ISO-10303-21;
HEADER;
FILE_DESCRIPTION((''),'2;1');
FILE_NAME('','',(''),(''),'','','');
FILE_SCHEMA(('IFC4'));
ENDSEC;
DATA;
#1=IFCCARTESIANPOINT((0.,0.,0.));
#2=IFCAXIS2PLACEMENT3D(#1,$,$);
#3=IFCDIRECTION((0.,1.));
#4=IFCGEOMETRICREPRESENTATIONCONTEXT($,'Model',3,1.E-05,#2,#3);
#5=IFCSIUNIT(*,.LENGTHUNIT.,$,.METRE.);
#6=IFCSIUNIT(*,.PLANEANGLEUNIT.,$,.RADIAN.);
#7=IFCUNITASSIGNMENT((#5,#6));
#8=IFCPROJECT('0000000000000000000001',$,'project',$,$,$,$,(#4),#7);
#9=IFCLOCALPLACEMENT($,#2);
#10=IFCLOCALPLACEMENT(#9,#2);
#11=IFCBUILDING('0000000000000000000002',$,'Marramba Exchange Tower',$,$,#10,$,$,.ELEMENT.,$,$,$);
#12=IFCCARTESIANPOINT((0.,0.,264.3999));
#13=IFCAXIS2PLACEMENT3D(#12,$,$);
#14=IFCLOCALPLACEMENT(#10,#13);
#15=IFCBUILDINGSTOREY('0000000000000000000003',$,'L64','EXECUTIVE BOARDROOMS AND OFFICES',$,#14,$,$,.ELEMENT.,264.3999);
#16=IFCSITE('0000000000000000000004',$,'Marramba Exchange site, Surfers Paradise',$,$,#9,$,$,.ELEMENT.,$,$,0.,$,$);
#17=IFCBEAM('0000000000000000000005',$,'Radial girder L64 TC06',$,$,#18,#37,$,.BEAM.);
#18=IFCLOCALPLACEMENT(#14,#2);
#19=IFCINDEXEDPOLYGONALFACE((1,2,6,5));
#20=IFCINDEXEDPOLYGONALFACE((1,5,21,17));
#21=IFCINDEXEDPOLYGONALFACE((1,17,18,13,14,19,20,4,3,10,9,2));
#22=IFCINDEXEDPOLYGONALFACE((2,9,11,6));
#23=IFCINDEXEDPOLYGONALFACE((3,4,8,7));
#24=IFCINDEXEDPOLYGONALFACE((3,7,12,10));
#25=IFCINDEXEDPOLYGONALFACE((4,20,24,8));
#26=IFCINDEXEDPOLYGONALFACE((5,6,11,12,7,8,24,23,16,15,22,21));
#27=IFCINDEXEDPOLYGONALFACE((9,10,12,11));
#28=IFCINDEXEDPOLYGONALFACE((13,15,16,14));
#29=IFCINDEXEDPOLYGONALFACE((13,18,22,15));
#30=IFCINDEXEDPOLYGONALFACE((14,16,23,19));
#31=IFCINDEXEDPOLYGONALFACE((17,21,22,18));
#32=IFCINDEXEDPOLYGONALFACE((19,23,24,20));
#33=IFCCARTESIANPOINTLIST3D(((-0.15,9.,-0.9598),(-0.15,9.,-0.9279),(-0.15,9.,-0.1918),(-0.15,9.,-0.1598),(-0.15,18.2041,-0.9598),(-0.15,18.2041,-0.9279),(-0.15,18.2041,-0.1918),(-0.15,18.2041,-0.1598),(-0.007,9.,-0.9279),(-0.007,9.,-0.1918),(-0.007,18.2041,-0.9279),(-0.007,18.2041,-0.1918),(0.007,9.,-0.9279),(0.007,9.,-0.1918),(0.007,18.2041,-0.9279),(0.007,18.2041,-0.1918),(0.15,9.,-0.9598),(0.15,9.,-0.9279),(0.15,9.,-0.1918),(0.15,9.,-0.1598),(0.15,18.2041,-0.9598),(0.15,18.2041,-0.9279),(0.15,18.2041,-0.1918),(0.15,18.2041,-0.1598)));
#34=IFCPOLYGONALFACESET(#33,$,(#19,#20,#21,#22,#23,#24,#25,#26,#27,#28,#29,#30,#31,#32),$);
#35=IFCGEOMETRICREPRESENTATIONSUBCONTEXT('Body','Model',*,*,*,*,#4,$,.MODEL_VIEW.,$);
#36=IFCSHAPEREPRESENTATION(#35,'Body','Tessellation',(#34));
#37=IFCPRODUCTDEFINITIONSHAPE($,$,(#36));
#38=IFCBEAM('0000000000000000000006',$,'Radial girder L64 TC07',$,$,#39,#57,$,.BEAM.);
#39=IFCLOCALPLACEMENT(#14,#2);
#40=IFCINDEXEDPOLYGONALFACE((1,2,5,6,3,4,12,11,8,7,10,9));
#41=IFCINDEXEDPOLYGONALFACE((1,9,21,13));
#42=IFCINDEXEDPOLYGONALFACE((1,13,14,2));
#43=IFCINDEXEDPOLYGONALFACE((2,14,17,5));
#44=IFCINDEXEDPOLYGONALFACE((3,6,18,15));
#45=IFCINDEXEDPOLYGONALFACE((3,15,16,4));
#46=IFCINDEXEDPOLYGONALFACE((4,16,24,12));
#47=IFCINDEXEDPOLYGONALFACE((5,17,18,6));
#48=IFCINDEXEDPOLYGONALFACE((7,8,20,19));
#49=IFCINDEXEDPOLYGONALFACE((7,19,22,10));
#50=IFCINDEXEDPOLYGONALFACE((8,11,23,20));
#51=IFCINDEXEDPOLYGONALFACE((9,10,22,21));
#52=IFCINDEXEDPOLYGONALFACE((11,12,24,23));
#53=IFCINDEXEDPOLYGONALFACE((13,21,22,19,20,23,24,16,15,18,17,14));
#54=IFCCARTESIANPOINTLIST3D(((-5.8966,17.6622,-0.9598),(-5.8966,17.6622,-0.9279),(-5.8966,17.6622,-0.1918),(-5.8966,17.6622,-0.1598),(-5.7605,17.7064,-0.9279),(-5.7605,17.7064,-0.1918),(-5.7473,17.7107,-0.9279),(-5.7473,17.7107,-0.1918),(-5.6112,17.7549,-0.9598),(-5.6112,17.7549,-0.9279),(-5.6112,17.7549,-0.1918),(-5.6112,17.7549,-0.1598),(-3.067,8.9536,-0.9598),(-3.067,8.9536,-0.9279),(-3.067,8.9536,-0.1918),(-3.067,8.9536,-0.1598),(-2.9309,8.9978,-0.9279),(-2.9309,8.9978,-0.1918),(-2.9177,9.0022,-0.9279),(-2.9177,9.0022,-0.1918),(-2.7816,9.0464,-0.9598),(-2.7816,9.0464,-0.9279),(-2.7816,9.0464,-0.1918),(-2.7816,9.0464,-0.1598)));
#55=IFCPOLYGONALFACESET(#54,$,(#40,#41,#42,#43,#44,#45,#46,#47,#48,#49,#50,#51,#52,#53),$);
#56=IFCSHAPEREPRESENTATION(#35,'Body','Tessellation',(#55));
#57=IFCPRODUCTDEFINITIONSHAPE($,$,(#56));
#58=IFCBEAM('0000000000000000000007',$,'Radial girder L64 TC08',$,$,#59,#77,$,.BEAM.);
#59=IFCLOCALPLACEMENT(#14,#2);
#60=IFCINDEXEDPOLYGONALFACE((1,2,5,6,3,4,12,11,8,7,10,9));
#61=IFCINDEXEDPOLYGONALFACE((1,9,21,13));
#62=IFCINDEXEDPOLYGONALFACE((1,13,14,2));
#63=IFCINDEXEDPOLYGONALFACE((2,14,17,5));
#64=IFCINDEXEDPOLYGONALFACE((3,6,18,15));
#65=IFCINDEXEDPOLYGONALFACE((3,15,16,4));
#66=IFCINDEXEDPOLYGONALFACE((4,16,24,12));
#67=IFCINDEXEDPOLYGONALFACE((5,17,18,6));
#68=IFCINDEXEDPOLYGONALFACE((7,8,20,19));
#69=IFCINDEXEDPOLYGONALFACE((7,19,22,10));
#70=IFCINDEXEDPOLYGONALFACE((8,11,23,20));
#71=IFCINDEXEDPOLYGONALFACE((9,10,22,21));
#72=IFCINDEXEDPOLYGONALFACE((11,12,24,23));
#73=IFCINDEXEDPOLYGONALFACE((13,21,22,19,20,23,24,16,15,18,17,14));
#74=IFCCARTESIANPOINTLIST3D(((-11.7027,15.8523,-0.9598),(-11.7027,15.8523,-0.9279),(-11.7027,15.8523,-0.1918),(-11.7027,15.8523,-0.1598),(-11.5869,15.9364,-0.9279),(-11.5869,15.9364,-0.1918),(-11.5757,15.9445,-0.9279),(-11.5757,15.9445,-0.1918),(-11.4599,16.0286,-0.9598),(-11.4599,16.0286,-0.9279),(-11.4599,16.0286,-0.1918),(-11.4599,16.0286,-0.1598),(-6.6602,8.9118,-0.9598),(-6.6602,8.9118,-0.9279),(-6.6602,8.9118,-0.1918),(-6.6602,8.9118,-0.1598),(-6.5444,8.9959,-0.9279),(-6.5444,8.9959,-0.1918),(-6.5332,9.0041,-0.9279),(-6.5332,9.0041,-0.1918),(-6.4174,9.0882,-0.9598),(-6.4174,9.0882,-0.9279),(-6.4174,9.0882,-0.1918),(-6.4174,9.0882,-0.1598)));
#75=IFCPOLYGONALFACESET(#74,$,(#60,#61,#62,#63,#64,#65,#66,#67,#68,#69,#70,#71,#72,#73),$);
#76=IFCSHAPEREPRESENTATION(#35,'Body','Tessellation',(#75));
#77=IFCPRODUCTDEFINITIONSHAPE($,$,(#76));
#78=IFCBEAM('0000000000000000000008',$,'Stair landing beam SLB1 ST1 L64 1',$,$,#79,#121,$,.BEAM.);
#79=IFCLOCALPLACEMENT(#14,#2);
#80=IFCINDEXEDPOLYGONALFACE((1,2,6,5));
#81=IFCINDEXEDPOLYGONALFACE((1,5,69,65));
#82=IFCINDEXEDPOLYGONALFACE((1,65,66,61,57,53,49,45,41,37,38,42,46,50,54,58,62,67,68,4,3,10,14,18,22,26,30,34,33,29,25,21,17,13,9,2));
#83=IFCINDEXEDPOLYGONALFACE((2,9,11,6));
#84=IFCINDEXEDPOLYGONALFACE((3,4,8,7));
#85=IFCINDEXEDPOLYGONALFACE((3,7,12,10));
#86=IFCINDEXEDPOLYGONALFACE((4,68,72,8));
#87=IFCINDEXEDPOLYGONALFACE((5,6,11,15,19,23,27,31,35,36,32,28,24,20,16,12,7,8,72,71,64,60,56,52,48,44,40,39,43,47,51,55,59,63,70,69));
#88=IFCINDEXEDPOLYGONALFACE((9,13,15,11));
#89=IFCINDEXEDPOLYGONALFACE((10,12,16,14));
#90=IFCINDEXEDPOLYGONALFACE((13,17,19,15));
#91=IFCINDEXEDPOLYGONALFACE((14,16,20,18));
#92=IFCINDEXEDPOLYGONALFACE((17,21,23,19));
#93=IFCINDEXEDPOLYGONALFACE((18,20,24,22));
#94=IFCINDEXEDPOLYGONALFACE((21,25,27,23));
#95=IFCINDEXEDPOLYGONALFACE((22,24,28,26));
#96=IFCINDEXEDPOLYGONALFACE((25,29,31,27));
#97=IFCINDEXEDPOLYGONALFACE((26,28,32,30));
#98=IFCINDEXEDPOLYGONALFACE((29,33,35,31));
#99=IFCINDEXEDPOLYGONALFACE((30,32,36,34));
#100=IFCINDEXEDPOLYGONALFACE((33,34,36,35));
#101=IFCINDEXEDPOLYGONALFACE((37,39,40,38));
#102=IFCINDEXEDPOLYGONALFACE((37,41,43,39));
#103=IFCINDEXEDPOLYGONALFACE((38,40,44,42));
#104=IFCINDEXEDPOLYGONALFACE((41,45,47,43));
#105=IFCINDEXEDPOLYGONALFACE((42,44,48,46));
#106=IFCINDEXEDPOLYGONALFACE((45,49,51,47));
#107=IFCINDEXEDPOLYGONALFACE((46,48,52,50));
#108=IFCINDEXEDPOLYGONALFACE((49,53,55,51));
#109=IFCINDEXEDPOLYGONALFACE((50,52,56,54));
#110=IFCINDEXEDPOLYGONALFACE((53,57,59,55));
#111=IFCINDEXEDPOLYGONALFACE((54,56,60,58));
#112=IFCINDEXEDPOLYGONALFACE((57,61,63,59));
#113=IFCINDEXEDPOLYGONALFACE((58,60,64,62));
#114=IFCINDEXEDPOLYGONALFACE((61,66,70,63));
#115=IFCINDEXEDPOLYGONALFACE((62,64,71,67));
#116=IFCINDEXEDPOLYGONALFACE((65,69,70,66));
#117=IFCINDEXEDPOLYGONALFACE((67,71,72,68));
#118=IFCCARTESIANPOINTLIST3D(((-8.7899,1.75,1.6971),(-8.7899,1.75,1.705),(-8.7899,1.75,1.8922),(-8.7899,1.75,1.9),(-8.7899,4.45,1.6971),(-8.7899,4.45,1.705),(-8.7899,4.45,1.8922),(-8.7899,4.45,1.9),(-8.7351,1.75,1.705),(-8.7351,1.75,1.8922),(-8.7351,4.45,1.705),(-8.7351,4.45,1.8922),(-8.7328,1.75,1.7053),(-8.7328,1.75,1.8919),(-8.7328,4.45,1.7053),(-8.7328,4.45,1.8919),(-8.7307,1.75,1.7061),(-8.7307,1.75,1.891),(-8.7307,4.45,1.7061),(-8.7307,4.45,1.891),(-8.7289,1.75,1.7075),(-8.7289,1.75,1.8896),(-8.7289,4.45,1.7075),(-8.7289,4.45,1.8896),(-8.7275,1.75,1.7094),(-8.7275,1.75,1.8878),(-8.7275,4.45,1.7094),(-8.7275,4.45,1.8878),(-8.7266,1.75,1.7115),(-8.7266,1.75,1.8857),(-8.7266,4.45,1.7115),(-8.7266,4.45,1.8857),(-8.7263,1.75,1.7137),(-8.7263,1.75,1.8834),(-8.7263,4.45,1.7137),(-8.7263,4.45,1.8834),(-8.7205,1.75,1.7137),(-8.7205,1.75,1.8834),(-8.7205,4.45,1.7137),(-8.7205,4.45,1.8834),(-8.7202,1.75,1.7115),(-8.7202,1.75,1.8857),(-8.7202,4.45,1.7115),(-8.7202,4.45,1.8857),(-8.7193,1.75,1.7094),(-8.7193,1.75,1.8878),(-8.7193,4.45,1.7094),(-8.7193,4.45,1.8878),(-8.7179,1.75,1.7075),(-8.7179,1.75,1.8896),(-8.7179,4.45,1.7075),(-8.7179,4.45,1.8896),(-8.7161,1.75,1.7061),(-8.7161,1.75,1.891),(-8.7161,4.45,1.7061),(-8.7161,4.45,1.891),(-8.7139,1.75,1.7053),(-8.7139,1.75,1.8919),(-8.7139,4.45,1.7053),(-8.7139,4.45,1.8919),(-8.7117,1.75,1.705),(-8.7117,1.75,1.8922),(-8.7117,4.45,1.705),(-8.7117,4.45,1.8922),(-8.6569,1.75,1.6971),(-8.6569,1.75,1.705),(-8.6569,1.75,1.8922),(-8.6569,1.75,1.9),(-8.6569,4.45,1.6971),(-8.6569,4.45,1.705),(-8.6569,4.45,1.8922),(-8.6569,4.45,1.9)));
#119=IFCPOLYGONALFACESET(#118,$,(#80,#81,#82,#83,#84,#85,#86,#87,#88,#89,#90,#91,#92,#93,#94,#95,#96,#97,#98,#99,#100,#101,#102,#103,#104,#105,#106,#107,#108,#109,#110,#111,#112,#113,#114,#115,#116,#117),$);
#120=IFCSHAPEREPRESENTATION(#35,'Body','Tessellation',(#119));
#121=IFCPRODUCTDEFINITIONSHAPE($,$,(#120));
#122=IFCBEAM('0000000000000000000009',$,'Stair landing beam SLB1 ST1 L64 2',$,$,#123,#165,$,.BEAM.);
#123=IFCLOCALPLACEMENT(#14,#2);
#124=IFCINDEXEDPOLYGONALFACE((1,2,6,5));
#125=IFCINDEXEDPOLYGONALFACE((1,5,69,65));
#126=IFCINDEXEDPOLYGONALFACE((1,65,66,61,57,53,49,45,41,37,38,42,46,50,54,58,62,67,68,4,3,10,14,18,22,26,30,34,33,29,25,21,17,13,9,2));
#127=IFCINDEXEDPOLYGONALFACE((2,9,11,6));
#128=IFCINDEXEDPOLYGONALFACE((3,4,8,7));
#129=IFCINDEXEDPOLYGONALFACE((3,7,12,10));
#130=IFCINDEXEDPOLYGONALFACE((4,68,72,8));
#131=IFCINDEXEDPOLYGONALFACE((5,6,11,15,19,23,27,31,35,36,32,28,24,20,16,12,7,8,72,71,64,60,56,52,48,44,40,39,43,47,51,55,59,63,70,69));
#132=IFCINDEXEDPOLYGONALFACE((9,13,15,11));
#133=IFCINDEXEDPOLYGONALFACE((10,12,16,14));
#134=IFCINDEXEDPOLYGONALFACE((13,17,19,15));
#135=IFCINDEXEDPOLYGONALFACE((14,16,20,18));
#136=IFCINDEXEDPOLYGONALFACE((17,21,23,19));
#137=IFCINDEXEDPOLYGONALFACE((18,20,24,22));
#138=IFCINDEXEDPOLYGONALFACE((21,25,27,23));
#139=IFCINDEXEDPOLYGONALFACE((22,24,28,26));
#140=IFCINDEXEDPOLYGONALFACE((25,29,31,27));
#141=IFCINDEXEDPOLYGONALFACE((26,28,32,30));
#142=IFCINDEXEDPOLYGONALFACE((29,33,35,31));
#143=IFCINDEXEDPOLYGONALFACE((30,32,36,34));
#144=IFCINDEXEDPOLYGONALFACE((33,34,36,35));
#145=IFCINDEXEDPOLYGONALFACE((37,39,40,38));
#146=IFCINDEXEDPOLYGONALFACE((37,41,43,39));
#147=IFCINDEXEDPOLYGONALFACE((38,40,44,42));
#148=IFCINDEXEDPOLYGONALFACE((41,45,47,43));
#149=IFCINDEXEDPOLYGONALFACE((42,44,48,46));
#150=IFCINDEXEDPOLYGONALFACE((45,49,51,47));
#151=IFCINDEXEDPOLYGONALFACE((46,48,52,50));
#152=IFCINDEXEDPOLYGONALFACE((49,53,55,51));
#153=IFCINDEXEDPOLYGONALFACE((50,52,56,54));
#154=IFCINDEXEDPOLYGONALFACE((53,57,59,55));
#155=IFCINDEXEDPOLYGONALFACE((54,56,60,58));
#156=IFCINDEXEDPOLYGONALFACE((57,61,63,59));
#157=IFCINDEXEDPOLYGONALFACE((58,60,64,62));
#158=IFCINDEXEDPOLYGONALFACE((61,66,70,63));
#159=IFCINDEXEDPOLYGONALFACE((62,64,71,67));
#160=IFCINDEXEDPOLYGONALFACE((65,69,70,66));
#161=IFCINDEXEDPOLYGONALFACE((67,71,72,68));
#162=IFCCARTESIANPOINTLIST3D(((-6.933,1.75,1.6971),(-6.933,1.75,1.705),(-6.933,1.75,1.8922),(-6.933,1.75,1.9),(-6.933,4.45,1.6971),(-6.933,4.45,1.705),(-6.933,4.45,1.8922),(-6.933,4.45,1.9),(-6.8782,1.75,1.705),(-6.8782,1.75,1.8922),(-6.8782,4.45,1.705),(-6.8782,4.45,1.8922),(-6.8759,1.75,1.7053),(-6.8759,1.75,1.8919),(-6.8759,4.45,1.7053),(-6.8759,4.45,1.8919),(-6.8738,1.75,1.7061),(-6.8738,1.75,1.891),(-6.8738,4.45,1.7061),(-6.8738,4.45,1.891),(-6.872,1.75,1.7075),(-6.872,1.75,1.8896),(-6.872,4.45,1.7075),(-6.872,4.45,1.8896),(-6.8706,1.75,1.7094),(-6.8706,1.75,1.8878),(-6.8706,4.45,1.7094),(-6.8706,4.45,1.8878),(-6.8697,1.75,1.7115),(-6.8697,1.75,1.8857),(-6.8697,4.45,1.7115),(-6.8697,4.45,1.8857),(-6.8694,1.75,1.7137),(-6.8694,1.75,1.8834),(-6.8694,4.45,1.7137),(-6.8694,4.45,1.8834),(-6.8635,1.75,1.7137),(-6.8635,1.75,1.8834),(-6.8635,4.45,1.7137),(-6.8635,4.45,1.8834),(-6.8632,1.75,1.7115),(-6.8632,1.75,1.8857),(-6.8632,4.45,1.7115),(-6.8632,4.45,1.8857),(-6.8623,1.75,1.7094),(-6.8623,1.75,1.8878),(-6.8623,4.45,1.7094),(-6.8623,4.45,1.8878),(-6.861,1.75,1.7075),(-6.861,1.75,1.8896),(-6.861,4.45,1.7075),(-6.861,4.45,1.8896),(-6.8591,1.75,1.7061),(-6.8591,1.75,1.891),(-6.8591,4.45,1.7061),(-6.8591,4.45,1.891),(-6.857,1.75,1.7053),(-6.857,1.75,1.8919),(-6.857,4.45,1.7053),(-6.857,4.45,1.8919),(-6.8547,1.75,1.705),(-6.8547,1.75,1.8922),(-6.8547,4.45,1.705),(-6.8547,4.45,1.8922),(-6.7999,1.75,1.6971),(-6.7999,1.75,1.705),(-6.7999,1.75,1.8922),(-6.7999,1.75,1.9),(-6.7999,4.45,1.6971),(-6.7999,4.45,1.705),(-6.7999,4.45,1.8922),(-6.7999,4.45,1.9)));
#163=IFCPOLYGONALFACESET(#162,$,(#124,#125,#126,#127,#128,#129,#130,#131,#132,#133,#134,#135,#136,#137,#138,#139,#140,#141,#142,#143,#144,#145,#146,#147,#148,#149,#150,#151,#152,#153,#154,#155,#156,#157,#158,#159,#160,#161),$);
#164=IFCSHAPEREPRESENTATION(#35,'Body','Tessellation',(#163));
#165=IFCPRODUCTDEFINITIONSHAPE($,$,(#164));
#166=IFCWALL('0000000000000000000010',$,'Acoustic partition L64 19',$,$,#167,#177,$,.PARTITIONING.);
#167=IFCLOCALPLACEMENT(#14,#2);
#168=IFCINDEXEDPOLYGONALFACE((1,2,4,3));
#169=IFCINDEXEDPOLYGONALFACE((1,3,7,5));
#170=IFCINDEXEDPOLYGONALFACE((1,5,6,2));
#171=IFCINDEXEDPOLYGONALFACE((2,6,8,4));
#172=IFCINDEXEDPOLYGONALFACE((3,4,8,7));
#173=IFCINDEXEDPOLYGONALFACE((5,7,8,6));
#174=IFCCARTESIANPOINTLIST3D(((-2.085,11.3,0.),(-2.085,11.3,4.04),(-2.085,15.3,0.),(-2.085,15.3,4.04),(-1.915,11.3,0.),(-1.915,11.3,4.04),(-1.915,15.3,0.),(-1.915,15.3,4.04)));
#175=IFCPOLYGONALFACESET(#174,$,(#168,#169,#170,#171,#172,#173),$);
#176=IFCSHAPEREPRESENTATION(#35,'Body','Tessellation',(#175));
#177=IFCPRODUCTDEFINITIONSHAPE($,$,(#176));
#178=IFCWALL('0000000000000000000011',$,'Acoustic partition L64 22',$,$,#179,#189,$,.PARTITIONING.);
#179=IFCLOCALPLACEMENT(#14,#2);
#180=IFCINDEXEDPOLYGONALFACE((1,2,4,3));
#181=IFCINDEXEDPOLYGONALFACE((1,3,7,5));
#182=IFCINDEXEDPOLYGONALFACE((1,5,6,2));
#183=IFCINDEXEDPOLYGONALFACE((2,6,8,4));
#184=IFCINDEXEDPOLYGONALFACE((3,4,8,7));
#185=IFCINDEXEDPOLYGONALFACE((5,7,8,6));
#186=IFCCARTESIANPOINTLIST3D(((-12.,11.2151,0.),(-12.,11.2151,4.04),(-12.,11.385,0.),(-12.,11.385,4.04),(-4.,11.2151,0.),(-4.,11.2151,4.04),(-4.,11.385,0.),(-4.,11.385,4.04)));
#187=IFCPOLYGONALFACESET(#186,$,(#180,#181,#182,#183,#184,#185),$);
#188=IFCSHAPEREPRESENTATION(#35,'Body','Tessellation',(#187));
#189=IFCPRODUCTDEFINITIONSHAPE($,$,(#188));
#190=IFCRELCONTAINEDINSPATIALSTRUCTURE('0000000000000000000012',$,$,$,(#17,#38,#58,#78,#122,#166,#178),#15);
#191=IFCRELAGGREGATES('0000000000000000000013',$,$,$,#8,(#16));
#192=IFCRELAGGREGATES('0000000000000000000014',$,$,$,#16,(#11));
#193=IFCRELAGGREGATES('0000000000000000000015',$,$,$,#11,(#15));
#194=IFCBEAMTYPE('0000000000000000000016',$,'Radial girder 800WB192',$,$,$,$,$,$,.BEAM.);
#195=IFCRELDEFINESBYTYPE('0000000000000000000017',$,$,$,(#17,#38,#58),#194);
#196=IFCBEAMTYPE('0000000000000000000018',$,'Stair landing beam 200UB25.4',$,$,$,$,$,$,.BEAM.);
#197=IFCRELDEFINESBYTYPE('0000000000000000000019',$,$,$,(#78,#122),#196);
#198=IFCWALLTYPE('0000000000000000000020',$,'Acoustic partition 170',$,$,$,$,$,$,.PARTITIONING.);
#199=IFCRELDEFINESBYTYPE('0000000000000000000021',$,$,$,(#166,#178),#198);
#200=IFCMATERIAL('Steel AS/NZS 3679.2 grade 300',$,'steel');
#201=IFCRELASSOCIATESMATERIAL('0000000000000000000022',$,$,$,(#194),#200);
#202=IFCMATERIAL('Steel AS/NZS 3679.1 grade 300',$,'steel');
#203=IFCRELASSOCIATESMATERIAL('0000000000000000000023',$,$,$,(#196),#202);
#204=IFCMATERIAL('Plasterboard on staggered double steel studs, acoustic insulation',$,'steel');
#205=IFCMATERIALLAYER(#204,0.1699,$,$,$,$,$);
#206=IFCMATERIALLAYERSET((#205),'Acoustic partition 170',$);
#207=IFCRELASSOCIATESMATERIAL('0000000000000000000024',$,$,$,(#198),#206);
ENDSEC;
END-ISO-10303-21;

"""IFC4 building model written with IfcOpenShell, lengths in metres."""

from ifc_helpers import new_model, si_unit, direction, frame, frame_2d, origin, origin_2d, place, context, subcontext, project, spatial, rectangle, i_section, extrude, material, layer, layer_set, material_profile, profile_set, type_object, element, save


model = new_model("IFC4")

# Units and contexts
model_context = context("Model", 3, precision=1e-05, world=origin(), true_north=direction((0.0, 1.0)))
body_context = subcontext(model_context, "Body", "Model", "MODEL_VIEW")
ifc_project = project(units=[si_unit("LENGTHUNIT", "METRE"), si_unit("PLANEANGLEUNIT", "RADIAN")], contexts=[model_context])

# Site, building, storey
site_placement = place(None, origin())
site = spatial("IfcSite", under=ifc_project, at=site_placement, Name="Marramba Exchange site, Surfers Paradise", CompositionType="ELEMENT", RefElevation=0.0)
building_placement = place(site_placement, origin())
building = spatial("IfcBuilding", under=site, at=building_placement, Name="Marramba Exchange Tower", CompositionType="ELEMENT")
storey_placement = place(building_placement, frame((0.0, 0.0, 264.3999)))
storey = spatial("IfcBuildingStorey", under=building, at=storey_placement, Name="L64", Description="EXECUTIVE BOARDROOMS AND OFFICES", CompositionType="ELEMENT", Elevation=264.3999)

# Beams
ifc_material_1 = material(Name="Steel AS/NZS 3679.1 grade 300", Category="steel")
ifc_material_2 = material(Name="Steel AS/NZS 3679.2 grade 300", Category="steel")
ifc_material_profile_1 = material_profile(ifc_material_2, i_section(OverallWidth=0.3, OverallDepth=0.8, WebThickness=0.0139, FlangeThickness=0.032, at=origin_2d()), Name="800WB192")
ifc_profile_set_1 = profile_set([ifc_material_profile_1], Name="Steel AS/NZS 3679.2 grade 300")
beam_type_1 = type_object("IfcBeamType", Name="Radial girder 800WB192", PredefinedType="BEAM", material=ifc_profile_set_1)
beam_1_placement = place(storey_placement, frame((0.0, 9.0, -0.5598), z_axis=(0.0, 1.0, 0.0), x_axis=(-1.0, 0.0, 0.0)))
element("IfcBeam", 1, at=beam_1_placement, inside=storey, type_object=beam_type_1, Name="Radial girder L64 TC06", PredefinedType="BEAM", context=body_context, shape_type="SweptSolid", body=[
    extrude(i_section(OverallWidth=0.3, OverallDepth=0.8, WebThickness=0.0139, FlangeThickness=0.032, at=origin_2d()), origin(), (0.0, 0.0, 1.0), 9.2041),
])
beam_2_placement = place(storey_placement, frame((-2.9243, 9.0, -0.5598), z_axis=(-0.30902, 0.951056, 0.0), x_axis=(-0.951056, -0.30902, 0.0)))
element("IfcBeam", 2, at=beam_2_placement, inside=storey, type_object=beam_type_1, Name="Radial girder L64 TC07", PredefinedType="BEAM", context=body_context, shape_type="SweptSolid", body=[
    extrude(i_section(OverallWidth=0.3, OverallDepth=0.8, WebThickness=0.0139, FlangeThickness=0.032, at=origin_2d()), origin(), (0.0, 0.0, 1.0), 9.1567),
])
beam_3_placement = place(storey_placement, frame((-6.5388, 9.0, -0.5598), z_axis=(-0.587782, 0.809019, 0.0), x_axis=(-0.809019, -0.587782, 0.0)))
element("IfcBeam", 3, at=beam_3_placement, inside=storey, type_object=beam_type_1, Name="Radial girder L64 TC08", PredefinedType="BEAM", context=body_context, shape_type="SweptSolid", body=[
    extrude(i_section(OverallWidth=0.3, OverallDepth=0.8, WebThickness=0.0139, FlangeThickness=0.032, at=origin_2d()), origin(), (0.0, 0.0, 1.0), 8.5789),
])
ifc_material_profile_2 = material_profile(ifc_material_1, i_section(OverallWidth=0.1331, OverallDepth=0.2029, WebThickness=0.0059, FlangeThickness=0.0078, FilletRadius=0.0088, at=origin_2d()), Name="200UB25.4")
ifc_profile_set_2 = profile_set([ifc_material_profile_2], Name="Steel AS/NZS 3679.1 grade 300")
beam_type_2 = type_object("IfcBeamType", Name="Stair landing beam 200UB25.4", PredefinedType="BEAM", material=ifc_profile_set_2)
for number, where, z_axis, x_axis, name in (
    (4, (-8.7234, 1.75, 1.7986), (0.0, 1.0, 0.0), (-1.0, 0.0, 0.0), "Stair landing beam SLB1 ST1 L64 1"),
    (5, (-6.8665, 1.75, 1.7986), (0.0, 1.0, 0.0), (-1.0, 0.0, 0.0), "Stair landing beam SLB1 ST1 L64 2"),
):
    element("IfcBeam", number, at=place(storey_placement, frame(where, z_axis=z_axis, x_axis=x_axis)), inside=storey, type_object=beam_type_2, Name=name, PredefinedType="BEAM", context=body_context, shape_type="SweptSolid", body=[
        extrude(i_section(OverallWidth=0.1331, OverallDepth=0.2029, WebThickness=0.0059, FlangeThickness=0.0078, FilletRadius=0.0088, at=origin_2d()), origin(), (0.0, 0.0, 1.0), 2.7),
    ])

# Walls
ifc_material_3 = material(Name="Plasterboard on staggered double steel studs, acoustic insulation", Category="steel")
ifc_layer_1 = layer(ifc_material_3, 0.1699)
ifc_layer_set_1 = layer_set([ifc_layer_1], Name="Acoustic partition 170")
wall_type_1 = type_object("IfcWallType", Name="Acoustic partition 170", PredefinedType="PARTITIONING", material=ifc_layer_set_1)
wall_1_placement = place(storey_placement, frame((-2.0, 11.3, 0.0), z_axis=(0.0, 0.0, 1.0), x_axis=(0.0, 1.0, 0.0)))
element("IfcWall", 6, at=wall_1_placement, inside=storey, type_object=wall_type_1, Name="Acoustic partition L64 19", PredefinedType="PARTITIONING", context=body_context, shape_type="SweptSolid", body=[
    extrude(rectangle(XDim=4.0, YDim=0.1699, at=frame_2d((2.0, 0.0))), origin(), (0.0, 0.0, 1.0), 4.04),
])
wall_2_placement = place(storey_placement, frame((-4.0, 11.3, 0.0), z_axis=(0.0, 0.0, 1.0), x_axis=(-1.0, 0.0, 0.0)))
element("IfcWall", 7, at=wall_2_placement, inside=storey, type_object=wall_type_1, Name="Acoustic partition L64 22", PredefinedType="PARTITIONING", context=body_context, shape_type="SweptSolid", body=[
    extrude(rectangle(XDim=8.0, YDim=0.1699, at=frame_2d((4.0, 0.0))), origin(), (0.0, 0.0, 1.0), 4.04),
])

save(model, "model.ifc")
